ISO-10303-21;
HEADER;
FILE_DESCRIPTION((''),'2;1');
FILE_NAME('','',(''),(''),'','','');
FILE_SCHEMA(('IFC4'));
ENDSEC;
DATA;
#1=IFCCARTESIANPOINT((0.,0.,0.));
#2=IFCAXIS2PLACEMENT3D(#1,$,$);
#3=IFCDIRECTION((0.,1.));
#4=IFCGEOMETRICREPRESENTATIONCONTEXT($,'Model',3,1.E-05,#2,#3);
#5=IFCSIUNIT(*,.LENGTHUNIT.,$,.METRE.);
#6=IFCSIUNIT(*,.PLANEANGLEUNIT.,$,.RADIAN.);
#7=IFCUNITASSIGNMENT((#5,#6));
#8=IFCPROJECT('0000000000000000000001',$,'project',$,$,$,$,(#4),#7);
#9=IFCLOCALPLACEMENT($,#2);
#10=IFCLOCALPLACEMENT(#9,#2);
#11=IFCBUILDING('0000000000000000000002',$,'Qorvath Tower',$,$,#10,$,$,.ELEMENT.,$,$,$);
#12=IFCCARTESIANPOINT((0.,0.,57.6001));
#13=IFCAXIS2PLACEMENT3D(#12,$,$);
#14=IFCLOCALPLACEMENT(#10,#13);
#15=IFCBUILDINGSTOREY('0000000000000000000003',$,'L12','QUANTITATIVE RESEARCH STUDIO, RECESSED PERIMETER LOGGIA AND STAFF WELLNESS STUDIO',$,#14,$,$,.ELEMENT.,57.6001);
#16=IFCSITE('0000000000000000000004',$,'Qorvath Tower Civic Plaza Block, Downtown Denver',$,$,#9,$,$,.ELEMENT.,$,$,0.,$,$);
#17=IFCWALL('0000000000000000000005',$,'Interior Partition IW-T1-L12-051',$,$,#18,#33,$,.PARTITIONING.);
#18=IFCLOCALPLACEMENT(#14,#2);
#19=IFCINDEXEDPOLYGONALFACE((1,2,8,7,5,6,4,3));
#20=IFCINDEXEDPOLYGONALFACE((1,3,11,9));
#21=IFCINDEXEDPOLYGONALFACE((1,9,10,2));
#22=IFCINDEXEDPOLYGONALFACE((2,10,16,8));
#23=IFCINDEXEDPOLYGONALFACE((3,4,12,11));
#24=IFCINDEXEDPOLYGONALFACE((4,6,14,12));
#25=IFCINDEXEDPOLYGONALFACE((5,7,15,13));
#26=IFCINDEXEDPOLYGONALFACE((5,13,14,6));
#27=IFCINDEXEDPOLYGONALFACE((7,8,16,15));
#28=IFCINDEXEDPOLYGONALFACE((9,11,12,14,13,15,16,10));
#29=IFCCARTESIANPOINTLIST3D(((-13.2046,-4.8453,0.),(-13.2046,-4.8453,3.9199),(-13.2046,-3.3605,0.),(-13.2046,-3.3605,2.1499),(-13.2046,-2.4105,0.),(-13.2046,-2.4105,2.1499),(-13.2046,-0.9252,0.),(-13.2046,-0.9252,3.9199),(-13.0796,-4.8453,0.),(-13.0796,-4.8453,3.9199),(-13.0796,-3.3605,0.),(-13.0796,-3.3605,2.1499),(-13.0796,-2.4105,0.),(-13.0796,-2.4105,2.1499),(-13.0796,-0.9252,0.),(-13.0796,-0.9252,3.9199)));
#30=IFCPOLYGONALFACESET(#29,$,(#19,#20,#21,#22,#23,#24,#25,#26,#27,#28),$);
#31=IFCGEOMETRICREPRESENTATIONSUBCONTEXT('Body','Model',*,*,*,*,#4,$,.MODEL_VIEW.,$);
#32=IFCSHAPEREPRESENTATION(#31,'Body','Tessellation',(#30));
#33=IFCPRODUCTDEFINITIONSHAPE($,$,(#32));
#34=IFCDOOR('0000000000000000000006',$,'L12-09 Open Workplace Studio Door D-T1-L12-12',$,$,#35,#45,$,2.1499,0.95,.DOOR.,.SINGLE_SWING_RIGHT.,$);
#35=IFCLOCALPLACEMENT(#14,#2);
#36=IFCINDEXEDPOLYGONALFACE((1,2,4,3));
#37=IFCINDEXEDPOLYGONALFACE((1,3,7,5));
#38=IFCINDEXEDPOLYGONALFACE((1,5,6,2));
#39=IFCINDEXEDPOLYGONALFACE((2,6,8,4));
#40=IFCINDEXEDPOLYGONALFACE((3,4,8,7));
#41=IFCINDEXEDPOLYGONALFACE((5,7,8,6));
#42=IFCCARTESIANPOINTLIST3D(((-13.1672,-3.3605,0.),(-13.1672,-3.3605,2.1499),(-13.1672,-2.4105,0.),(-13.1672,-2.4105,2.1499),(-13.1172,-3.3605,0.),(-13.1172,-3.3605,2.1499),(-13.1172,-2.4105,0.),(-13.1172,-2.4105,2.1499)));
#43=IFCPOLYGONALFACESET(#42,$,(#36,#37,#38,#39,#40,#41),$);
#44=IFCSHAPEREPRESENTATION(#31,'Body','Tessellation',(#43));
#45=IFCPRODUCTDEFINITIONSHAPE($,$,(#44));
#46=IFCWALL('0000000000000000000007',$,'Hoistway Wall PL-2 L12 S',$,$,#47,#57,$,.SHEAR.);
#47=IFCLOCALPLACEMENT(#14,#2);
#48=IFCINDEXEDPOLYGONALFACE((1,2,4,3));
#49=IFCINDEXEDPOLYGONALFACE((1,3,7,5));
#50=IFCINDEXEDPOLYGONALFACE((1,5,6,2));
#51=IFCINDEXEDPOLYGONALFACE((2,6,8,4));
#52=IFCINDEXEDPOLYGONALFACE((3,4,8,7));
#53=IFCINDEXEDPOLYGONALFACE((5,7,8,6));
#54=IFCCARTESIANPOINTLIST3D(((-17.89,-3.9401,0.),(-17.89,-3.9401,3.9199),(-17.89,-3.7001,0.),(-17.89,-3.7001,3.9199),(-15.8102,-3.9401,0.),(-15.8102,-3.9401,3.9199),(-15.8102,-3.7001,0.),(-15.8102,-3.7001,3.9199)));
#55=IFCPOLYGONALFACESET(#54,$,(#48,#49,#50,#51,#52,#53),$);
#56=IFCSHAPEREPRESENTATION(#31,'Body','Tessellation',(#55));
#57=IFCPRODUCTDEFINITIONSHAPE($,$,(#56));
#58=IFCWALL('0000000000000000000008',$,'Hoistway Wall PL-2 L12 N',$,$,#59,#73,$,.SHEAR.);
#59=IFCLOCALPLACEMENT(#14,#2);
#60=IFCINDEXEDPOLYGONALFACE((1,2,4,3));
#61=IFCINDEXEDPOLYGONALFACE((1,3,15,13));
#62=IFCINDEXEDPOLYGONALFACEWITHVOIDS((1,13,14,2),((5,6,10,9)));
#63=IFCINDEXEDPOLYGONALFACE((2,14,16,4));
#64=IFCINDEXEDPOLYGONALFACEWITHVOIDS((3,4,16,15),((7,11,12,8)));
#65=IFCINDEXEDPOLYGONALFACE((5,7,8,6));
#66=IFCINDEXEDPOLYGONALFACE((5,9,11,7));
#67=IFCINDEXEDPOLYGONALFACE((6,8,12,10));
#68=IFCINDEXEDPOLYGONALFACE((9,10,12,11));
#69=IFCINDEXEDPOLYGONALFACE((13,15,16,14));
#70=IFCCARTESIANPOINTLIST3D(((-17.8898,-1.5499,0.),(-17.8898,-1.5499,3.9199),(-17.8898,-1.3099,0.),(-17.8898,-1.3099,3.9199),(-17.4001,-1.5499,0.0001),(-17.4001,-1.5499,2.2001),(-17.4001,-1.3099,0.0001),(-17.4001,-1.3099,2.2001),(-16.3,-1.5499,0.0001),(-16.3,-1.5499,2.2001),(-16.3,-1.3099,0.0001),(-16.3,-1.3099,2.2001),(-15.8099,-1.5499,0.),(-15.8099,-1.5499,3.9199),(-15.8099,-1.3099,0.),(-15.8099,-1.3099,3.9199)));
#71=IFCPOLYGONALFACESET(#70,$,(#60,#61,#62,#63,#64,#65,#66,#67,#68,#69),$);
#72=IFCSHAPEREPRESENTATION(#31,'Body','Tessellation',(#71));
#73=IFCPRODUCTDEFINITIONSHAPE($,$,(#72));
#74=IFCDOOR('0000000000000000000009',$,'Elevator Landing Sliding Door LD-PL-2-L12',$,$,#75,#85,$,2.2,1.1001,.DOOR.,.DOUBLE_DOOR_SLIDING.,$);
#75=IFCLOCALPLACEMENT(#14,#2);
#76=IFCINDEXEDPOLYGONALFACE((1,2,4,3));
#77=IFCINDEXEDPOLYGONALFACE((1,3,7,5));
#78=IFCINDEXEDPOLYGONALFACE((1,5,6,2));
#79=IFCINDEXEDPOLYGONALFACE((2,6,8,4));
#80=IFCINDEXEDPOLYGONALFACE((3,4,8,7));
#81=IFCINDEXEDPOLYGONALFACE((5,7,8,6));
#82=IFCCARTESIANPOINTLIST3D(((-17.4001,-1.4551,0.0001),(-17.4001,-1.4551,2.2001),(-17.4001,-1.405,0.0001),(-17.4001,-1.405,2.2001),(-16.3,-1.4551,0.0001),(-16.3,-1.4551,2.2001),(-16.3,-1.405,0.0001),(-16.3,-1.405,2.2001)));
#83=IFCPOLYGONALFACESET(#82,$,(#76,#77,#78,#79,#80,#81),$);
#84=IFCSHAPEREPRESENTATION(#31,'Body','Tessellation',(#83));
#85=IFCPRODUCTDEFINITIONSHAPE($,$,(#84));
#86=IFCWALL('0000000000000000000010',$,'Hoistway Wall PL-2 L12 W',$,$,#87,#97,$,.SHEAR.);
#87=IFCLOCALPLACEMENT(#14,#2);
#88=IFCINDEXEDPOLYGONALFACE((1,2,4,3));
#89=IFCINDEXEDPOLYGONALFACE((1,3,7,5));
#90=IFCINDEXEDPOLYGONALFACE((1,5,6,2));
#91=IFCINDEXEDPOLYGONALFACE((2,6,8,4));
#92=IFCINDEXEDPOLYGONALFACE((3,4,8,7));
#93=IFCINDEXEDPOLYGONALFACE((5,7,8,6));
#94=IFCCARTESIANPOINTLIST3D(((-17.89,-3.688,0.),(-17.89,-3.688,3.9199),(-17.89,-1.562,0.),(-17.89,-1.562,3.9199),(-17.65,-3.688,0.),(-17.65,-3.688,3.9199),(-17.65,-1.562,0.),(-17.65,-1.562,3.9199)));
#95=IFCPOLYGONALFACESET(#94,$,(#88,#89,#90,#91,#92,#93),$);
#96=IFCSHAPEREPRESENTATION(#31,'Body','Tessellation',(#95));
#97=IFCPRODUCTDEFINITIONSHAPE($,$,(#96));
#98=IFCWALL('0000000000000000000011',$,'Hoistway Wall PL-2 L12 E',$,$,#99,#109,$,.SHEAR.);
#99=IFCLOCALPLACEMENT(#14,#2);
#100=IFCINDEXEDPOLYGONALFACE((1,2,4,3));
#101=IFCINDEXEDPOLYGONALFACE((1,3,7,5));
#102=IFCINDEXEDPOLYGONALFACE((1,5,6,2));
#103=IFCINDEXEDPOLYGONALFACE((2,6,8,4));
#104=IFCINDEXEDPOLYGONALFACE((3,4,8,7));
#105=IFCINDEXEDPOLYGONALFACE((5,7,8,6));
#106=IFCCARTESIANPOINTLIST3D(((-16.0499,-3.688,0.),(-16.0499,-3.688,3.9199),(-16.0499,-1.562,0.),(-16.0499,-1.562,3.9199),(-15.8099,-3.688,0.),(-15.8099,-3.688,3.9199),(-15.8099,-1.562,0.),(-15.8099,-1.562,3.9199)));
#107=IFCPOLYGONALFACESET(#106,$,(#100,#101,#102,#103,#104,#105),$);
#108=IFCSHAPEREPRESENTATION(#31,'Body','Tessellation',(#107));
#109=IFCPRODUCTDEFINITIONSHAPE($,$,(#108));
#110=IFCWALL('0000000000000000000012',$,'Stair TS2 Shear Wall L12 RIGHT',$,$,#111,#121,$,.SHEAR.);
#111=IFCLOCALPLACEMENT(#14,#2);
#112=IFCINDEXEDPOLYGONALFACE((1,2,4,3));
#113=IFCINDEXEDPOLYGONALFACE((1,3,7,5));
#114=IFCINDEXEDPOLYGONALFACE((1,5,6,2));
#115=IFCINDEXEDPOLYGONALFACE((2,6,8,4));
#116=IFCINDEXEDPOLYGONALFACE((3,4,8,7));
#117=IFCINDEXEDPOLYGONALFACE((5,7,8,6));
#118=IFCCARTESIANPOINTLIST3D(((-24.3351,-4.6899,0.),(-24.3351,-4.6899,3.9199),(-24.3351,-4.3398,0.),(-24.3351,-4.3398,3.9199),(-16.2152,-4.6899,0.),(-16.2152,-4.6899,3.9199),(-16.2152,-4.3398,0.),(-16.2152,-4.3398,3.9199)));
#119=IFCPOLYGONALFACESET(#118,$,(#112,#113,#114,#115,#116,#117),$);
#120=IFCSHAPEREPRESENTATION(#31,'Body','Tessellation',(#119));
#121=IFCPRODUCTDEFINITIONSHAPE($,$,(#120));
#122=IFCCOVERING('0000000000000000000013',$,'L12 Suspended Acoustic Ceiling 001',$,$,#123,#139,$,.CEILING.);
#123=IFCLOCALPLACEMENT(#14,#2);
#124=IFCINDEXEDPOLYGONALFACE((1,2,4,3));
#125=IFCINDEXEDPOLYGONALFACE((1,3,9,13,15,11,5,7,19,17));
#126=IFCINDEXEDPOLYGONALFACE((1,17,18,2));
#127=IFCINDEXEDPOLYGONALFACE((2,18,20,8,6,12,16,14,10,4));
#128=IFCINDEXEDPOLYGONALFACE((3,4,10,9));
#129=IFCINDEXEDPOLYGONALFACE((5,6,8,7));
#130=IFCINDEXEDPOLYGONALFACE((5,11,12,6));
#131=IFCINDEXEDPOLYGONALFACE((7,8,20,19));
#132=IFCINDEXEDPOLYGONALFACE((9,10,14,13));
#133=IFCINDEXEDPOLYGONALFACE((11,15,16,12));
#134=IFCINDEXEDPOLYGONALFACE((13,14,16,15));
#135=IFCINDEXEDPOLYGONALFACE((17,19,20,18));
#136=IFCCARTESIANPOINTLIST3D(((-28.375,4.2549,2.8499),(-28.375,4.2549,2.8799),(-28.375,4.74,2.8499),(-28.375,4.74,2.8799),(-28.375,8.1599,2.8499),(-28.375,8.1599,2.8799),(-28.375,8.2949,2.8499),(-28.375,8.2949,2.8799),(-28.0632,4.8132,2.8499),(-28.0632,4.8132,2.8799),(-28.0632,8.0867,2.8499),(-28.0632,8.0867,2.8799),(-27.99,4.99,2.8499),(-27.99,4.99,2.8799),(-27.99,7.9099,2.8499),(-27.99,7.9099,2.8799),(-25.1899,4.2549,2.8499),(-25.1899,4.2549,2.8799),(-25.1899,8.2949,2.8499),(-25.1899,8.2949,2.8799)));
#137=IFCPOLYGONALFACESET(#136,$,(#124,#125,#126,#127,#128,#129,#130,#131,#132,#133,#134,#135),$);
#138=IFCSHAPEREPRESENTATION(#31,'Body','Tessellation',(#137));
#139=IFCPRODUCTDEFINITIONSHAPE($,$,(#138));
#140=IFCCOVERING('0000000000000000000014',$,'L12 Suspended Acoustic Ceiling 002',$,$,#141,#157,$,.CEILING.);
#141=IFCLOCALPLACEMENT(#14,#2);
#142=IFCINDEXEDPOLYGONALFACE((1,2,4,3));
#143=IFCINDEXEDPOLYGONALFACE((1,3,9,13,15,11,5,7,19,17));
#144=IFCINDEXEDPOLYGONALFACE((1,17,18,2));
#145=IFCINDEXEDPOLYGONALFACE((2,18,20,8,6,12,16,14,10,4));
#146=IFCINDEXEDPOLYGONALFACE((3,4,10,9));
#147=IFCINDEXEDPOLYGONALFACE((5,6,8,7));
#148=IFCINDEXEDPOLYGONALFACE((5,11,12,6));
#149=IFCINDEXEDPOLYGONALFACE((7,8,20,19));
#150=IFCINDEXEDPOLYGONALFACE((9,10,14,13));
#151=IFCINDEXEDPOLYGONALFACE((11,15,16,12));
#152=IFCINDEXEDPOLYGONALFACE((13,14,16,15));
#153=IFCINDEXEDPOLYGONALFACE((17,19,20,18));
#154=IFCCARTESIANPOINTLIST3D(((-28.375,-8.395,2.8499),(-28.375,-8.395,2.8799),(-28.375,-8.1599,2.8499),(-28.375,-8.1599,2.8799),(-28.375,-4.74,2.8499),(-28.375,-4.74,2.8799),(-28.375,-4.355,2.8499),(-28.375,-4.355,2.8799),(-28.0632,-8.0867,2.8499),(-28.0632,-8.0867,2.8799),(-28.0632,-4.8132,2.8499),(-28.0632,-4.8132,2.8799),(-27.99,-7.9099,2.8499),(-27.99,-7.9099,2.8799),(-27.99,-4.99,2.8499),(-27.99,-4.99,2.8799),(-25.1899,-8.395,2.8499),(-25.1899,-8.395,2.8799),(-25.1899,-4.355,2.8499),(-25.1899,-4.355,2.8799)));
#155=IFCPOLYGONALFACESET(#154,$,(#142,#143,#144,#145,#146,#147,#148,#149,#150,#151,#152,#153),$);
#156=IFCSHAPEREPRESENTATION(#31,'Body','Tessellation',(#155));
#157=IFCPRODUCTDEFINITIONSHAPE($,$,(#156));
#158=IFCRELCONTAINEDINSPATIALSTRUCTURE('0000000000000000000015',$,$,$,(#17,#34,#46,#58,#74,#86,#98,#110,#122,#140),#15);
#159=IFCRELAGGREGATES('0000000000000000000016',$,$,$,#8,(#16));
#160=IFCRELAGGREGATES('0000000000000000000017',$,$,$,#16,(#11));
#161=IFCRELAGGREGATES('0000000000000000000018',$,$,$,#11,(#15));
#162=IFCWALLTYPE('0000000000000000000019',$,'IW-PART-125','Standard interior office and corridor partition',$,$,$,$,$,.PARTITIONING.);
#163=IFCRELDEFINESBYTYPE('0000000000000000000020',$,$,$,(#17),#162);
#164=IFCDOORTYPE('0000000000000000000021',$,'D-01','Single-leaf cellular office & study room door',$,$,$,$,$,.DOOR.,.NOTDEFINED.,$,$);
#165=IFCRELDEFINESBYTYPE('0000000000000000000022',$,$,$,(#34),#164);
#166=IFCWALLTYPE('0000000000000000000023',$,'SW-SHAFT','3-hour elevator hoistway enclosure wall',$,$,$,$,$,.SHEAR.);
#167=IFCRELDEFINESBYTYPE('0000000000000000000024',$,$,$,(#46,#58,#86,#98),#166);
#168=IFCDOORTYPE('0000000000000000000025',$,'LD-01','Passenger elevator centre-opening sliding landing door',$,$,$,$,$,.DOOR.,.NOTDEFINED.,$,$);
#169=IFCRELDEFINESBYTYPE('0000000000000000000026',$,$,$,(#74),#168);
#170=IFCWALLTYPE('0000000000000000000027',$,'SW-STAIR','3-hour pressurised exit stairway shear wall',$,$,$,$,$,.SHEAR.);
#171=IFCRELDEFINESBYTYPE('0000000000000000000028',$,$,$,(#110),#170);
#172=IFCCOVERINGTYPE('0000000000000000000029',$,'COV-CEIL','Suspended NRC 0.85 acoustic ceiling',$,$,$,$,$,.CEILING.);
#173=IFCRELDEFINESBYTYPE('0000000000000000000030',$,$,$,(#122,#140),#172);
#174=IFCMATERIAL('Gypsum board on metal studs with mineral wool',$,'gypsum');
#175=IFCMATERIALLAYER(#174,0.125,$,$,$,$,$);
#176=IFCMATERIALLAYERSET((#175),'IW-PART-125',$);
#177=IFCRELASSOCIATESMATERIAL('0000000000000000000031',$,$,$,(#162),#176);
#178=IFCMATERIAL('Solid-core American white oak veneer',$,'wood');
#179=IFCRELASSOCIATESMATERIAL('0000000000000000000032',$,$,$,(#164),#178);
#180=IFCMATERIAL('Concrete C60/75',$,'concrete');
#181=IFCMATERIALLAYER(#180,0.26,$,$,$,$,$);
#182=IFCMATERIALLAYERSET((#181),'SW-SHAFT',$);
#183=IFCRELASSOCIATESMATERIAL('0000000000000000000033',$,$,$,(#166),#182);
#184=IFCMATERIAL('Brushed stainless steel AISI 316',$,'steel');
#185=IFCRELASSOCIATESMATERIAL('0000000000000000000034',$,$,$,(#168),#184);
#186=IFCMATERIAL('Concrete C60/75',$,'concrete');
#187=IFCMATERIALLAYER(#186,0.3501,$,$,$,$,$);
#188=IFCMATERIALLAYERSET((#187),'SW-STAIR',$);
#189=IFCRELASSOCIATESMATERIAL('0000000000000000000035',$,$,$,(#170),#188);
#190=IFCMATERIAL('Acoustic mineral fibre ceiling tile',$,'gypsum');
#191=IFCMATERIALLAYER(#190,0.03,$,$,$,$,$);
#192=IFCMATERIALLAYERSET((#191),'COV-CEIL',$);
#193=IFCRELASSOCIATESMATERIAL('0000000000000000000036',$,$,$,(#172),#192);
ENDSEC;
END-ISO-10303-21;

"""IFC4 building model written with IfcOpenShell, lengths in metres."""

from ifc_helpers import new_model, si_unit, direction, frame, frame_2d, origin, place, context, subcontext, project, spatial, polyline, rectangle, outline, extrude, material, layer, layer_set, type_object, element, fill, save


model = new_model("IFC4")

# Units and contexts
model_context = context("Model", 3, precision=1e-05, world=origin(), true_north=direction((0.0, 1.0)))
body_context = subcontext(model_context, "Body", "Model", "MODEL_VIEW")
ifc_project = project(units=[si_unit("LENGTHUNIT", "METRE"), si_unit("PLANEANGLEUNIT", "RADIAN")], contexts=[model_context])

# Site, building, storey
site_placement = place(None, origin())
site = spatial("IfcSite", under=ifc_project, at=site_placement, Name="Qorvath Tower Civic Plaza Block, Downtown Denver", CompositionType="ELEMENT", RefElevation=0.0)
building_placement = place(site_placement, origin())
building = spatial("IfcBuilding", under=site, at=building_placement, Name="Qorvath Tower", CompositionType="ELEMENT")
storey_placement = place(building_placement, frame((0.0, 0.0, 57.6001)))
storey = spatial("IfcBuildingStorey", under=building, at=storey_placement, Name="L12", Description="QUANTITATIVE RESEARCH STUDIO, RECESSED PERIMETER LOGGIA AND STAFF WELLNESS STUDIO", CompositionType="ELEMENT", Elevation=57.6001)

# Wall, opening, door
ifc_material_1 = material(Name="Gypsum board on metal studs with mineral wool", Category="gypsum")
ifc_layer_1 = layer(ifc_material_1, 0.125)
ifc_layer_set_1 = layer_set([ifc_layer_1], Name="IW-PART-125")
wall_type_1 = type_object("IfcWallType", Name="IW-PART-125", Description="Standard interior office and corridor partition", PredefinedType="PARTITIONING", material=ifc_layer_set_1)
wall_1_placement = place(storey_placement, frame((-13.1421, -0.9253, 0.0), z_axis=(0.0, 0.0, 1.0), x_axis=(0.0, -1.0, 0.0)))
wall_1 = element("IfcWall", 1, at=wall_1_placement, inside=storey, type_object=wall_type_1, Name="Interior Partition IW-T1-L12-051", PredefinedType="PARTITIONING", context=body_context, shape_type="SweptSolid", body=[
    extrude(rectangle(XDim=3.9202, YDim=0.125, at=frame_2d((1.96, 0.0))), origin(), (0.0, 0.0, 1.0), 3.9199),
])
opening_1_placement = place(wall_1_placement, frame((1.4851, 0.0, 0.0)))
opening_1 = element("IfcOpeningElement", 2, at=opening_1_placement, cuts=wall_1, PredefinedType="OPENING", context=body_context, shape_type="SweptSolid", body=[
    extrude(rectangle(XDim=0.95, YDim=2.1499, at=frame_2d((0.4751, 1.075))), frame((0.0, 0.0725, 0.0), z_axis=(0.0, -1.0, 0.0), x_axis=(1.0, 0.0, 0.0)), (0.0, 0.0, 1.0), 0.145),
])
ifc_material_2 = material(Name="Solid-core American white oak veneer", Category="wood")
door_type_1 = type_object("IfcDoorType", Name="D-01", Description="Single-leaf cellular office & study room door", OperationType="NOTDEFINED", PredefinedType="DOOR", material=ifc_material_2)
door_1_placement = place(opening_1_placement, origin())
door_1 = element("IfcDoor", 3, at=door_1_placement, inside=storey, type_object=door_type_1, Name="L12-09 Open Workplace Studio Door D-T1-L12-12", OperationType="SINGLE_SWING_RIGHT", OverallHeight=2.1499, OverallWidth=0.95, PredefinedType="DOOR", context=body_context, shape_type="SweptSolid", body=[
    extrude(rectangle(XDim=0.95, YDim=2.1499, at=frame_2d((0.4751, 1.075))), frame((0.0, 0.0249, 0.0), z_axis=(0.0, -1.0, 0.0), x_axis=(1.0, 0.0, 0.0)), (0.0, 0.0, 1.0), 0.05),
])
fill(opening_1, door_1)

# Wall
ifc_material_3 = material(Name="Concrete C60/75", Category="concrete")
ifc_layer_2 = layer(ifc_material_3, 0.26)
ifc_layer_set_2 = layer_set([ifc_layer_2], Name="SW-SHAFT")
wall_type_2 = type_object("IfcWallType", Name="SW-SHAFT", Description="3-hour elevator hoistway enclosure wall", PredefinedType="SHEAR", material=ifc_layer_set_2)
wall_2_placement = place(storey_placement, frame((-15.8101, -3.8201, 0.0), z_axis=(0.0, 0.0, 1.0), x_axis=(-1.0, 0.0, 0.0)))
element("IfcWall", 4, at=wall_2_placement, inside=storey, type_object=wall_type_2, Name="Hoistway Wall PL-2 L12 S", PredefinedType="SHEAR", context=body_context, shape_type="SweptSolid", body=[
    extrude(rectangle(XDim=2.0798, YDim=0.24, at=frame_2d((1.04, 0.0))), origin(), (0.0, 0.0, 1.0), 3.9199),
])

# Wall, opening, door
wall_3_placement = place(storey_placement, frame((-17.8899, -1.4299, 0.0), z_axis=(0.0, 0.0, 1.0), x_axis=(1.0, 0.0, 0.0)))
wall_3 = element("IfcWall", 5, at=wall_3_placement, inside=storey, type_object=wall_type_2, Name="Hoistway Wall PL-2 L12 N", PredefinedType="SHEAR", context=body_context, shape_type="SweptSolid", body=[
    extrude(rectangle(XDim=2.0798, YDim=0.24, at=frame_2d((1.04, 0.0))), origin(), (0.0, 0.0, 1.0), 3.9199),
])
opening_2_placement = place(wall_3_placement, frame((0.4897, 0.0, 0.0)))
opening_2 = element("IfcOpeningElement", 6, at=opening_2_placement, cuts=wall_3, PredefinedType="OPENING", context=body_context, shape_type="SweptSolid", body=[
    extrude(rectangle(XDim=1.1001, YDim=2.2, at=frame_2d((0.55, 1.1001))), frame((0.0, 0.1299, 0.0), z_axis=(0.0, -1.0, 0.0), x_axis=(1.0, 0.0, 0.0)), (0.0, 0.0, 1.0), 0.26),
])
ifc_material_4 = material(Name="Brushed stainless steel AISI 316", Category="steel")
door_type_2 = type_object("IfcDoorType", Name="LD-01", Description="Passenger elevator centre-opening sliding landing door", OperationType="NOTDEFINED", PredefinedType="DOOR", material=ifc_material_4)
door_2_placement = place(opening_2_placement, origin())
door_2 = element("IfcDoor", 7, at=door_2_placement, inside=storey, type_object=door_type_2, Name="Elevator Landing Sliding Door LD-PL-2-L12", OperationType="DOUBLE_DOOR_SLIDING", OverallHeight=2.2, OverallWidth=1.1001, PredefinedType="DOOR", context=body_context, shape_type="SweptSolid", body=[
    extrude(rectangle(XDim=1.1001, YDim=2.2, at=frame_2d((0.55, 1.1001))), frame((0.0, 0.0249, 0.0), z_axis=(0.0, -1.0, 0.0), x_axis=(1.0, 0.0, 0.0)), (0.0, 0.0, 1.0), 0.05),
])
fill(opening_2, door_2)

# Walls
for number, where, z_axis, x_axis, name in (
    (8, (-17.77, -3.688, 0.0), (0.0, 0.0, 1.0), (0.0, 1.0, 0.0), "Hoistway Wall PL-2 L12 W"),
    (9, (-15.9299, -1.562, 0.0), (0.0, 0.0, 1.0), (0.0, -1.0, 0.0), "Hoistway Wall PL-2 L12 E"),
):
    element("IfcWall", number, at=place(storey_placement, frame(where, z_axis=z_axis, x_axis=x_axis)), inside=storey, type_object=wall_type_2, Name=name, PredefinedType="SHEAR", context=body_context, shape_type="SweptSolid", body=[
        extrude(rectangle(XDim=2.126, YDim=0.24, at=frame_2d((1.063, 0.0))), origin(), (0.0, 0.0, 1.0), 3.9199),
    ])
ifc_material_5 = material(Name="Concrete C60/75", Category="concrete")
ifc_layer_3 = layer(ifc_material_5, 0.3501)
ifc_layer_set_3 = layer_set([ifc_layer_3], Name="SW-STAIR")
wall_type_3 = type_object("IfcWallType", Name="SW-STAIR", Description="3-hour pressurised exit stairway shear wall", PredefinedType="SHEAR", material=ifc_layer_set_3)
wall_4_placement = place(storey_placement, frame((-16.2151, -4.5149, 0.0), z_axis=(0.0, 0.0, 1.0), x_axis=(-1.0, 0.0, 0.0)))
element("IfcWall", 10, at=wall_4_placement, inside=storey, type_object=wall_type_3, Name="Stair TS2 Shear Wall L12 RIGHT", PredefinedType="SHEAR", context=body_context, shape_type="SweptSolid", body=[
    extrude(rectangle(XDim=8.1199, YDim=0.3501, at=frame_2d((4.0601, 0.0))), origin(), (0.0, 0.0, 1.0), 3.9199),
])

# Coverings
ifc_material_6 = material(Name="Acoustic mineral fibre ceiling tile", Category="gypsum")
ifc_layer_4 = layer(ifc_material_6, 0.03)
ifc_layer_set_4 = layer_set([ifc_layer_4], Name="COV-CEIL")
covering_type_1 = type_object("IfcCoveringType", Name="COV-CEIL", Description="Suspended NRC 0.85 acoustic ceiling", PredefinedType="CEILING", material=ifc_layer_set_4)
covering_1_placement = place(storey_placement, frame((0.0, 0.0, 2.8499)))
element("IfcCovering", 11, at=covering_1_placement, inside=storey, type_object=covering_type_1, Name="L12 Suspended Acoustic Ceiling 001", PredefinedType="CEILING", context=body_context, shape_type="SweptSolid", body=[
    extrude(outline(polyline([(-25.1899, 4.2549), (-25.1899, 8.2949), (-28.375, 8.2949), (-28.375, 8.1599), (-28.0632, 8.0867), (-27.99, 7.9099), (-27.99, 4.99), (-28.0632, 4.8132), (-28.375, 4.74), (-28.375, 4.2549), (-25.1899, 4.2549)])), origin(), (0.0, 0.0, 1.0), 0.03),
])
covering_2_placement = place(storey_placement, frame((0.0, 0.0, 2.8499)))
element("IfcCovering", 12, at=covering_2_placement, inside=storey, type_object=covering_type_1, Name="L12 Suspended Acoustic Ceiling 002", PredefinedType="CEILING", context=body_context, shape_type="SweptSolid", body=[
    extrude(outline(polyline([(-25.1899, -8.395), (-25.1899, -4.355), (-28.375, -4.355), (-28.375, -4.74), (-28.0632, -4.8132), (-27.99, -4.99), (-27.99, -7.9099), (-28.0632, -8.0867), (-28.375, -8.1599), (-28.375, -8.395), (-25.1899, -8.395)])), origin(), (0.0, 0.0, 1.0), 0.03),
])

save(model, "model.ifc")
